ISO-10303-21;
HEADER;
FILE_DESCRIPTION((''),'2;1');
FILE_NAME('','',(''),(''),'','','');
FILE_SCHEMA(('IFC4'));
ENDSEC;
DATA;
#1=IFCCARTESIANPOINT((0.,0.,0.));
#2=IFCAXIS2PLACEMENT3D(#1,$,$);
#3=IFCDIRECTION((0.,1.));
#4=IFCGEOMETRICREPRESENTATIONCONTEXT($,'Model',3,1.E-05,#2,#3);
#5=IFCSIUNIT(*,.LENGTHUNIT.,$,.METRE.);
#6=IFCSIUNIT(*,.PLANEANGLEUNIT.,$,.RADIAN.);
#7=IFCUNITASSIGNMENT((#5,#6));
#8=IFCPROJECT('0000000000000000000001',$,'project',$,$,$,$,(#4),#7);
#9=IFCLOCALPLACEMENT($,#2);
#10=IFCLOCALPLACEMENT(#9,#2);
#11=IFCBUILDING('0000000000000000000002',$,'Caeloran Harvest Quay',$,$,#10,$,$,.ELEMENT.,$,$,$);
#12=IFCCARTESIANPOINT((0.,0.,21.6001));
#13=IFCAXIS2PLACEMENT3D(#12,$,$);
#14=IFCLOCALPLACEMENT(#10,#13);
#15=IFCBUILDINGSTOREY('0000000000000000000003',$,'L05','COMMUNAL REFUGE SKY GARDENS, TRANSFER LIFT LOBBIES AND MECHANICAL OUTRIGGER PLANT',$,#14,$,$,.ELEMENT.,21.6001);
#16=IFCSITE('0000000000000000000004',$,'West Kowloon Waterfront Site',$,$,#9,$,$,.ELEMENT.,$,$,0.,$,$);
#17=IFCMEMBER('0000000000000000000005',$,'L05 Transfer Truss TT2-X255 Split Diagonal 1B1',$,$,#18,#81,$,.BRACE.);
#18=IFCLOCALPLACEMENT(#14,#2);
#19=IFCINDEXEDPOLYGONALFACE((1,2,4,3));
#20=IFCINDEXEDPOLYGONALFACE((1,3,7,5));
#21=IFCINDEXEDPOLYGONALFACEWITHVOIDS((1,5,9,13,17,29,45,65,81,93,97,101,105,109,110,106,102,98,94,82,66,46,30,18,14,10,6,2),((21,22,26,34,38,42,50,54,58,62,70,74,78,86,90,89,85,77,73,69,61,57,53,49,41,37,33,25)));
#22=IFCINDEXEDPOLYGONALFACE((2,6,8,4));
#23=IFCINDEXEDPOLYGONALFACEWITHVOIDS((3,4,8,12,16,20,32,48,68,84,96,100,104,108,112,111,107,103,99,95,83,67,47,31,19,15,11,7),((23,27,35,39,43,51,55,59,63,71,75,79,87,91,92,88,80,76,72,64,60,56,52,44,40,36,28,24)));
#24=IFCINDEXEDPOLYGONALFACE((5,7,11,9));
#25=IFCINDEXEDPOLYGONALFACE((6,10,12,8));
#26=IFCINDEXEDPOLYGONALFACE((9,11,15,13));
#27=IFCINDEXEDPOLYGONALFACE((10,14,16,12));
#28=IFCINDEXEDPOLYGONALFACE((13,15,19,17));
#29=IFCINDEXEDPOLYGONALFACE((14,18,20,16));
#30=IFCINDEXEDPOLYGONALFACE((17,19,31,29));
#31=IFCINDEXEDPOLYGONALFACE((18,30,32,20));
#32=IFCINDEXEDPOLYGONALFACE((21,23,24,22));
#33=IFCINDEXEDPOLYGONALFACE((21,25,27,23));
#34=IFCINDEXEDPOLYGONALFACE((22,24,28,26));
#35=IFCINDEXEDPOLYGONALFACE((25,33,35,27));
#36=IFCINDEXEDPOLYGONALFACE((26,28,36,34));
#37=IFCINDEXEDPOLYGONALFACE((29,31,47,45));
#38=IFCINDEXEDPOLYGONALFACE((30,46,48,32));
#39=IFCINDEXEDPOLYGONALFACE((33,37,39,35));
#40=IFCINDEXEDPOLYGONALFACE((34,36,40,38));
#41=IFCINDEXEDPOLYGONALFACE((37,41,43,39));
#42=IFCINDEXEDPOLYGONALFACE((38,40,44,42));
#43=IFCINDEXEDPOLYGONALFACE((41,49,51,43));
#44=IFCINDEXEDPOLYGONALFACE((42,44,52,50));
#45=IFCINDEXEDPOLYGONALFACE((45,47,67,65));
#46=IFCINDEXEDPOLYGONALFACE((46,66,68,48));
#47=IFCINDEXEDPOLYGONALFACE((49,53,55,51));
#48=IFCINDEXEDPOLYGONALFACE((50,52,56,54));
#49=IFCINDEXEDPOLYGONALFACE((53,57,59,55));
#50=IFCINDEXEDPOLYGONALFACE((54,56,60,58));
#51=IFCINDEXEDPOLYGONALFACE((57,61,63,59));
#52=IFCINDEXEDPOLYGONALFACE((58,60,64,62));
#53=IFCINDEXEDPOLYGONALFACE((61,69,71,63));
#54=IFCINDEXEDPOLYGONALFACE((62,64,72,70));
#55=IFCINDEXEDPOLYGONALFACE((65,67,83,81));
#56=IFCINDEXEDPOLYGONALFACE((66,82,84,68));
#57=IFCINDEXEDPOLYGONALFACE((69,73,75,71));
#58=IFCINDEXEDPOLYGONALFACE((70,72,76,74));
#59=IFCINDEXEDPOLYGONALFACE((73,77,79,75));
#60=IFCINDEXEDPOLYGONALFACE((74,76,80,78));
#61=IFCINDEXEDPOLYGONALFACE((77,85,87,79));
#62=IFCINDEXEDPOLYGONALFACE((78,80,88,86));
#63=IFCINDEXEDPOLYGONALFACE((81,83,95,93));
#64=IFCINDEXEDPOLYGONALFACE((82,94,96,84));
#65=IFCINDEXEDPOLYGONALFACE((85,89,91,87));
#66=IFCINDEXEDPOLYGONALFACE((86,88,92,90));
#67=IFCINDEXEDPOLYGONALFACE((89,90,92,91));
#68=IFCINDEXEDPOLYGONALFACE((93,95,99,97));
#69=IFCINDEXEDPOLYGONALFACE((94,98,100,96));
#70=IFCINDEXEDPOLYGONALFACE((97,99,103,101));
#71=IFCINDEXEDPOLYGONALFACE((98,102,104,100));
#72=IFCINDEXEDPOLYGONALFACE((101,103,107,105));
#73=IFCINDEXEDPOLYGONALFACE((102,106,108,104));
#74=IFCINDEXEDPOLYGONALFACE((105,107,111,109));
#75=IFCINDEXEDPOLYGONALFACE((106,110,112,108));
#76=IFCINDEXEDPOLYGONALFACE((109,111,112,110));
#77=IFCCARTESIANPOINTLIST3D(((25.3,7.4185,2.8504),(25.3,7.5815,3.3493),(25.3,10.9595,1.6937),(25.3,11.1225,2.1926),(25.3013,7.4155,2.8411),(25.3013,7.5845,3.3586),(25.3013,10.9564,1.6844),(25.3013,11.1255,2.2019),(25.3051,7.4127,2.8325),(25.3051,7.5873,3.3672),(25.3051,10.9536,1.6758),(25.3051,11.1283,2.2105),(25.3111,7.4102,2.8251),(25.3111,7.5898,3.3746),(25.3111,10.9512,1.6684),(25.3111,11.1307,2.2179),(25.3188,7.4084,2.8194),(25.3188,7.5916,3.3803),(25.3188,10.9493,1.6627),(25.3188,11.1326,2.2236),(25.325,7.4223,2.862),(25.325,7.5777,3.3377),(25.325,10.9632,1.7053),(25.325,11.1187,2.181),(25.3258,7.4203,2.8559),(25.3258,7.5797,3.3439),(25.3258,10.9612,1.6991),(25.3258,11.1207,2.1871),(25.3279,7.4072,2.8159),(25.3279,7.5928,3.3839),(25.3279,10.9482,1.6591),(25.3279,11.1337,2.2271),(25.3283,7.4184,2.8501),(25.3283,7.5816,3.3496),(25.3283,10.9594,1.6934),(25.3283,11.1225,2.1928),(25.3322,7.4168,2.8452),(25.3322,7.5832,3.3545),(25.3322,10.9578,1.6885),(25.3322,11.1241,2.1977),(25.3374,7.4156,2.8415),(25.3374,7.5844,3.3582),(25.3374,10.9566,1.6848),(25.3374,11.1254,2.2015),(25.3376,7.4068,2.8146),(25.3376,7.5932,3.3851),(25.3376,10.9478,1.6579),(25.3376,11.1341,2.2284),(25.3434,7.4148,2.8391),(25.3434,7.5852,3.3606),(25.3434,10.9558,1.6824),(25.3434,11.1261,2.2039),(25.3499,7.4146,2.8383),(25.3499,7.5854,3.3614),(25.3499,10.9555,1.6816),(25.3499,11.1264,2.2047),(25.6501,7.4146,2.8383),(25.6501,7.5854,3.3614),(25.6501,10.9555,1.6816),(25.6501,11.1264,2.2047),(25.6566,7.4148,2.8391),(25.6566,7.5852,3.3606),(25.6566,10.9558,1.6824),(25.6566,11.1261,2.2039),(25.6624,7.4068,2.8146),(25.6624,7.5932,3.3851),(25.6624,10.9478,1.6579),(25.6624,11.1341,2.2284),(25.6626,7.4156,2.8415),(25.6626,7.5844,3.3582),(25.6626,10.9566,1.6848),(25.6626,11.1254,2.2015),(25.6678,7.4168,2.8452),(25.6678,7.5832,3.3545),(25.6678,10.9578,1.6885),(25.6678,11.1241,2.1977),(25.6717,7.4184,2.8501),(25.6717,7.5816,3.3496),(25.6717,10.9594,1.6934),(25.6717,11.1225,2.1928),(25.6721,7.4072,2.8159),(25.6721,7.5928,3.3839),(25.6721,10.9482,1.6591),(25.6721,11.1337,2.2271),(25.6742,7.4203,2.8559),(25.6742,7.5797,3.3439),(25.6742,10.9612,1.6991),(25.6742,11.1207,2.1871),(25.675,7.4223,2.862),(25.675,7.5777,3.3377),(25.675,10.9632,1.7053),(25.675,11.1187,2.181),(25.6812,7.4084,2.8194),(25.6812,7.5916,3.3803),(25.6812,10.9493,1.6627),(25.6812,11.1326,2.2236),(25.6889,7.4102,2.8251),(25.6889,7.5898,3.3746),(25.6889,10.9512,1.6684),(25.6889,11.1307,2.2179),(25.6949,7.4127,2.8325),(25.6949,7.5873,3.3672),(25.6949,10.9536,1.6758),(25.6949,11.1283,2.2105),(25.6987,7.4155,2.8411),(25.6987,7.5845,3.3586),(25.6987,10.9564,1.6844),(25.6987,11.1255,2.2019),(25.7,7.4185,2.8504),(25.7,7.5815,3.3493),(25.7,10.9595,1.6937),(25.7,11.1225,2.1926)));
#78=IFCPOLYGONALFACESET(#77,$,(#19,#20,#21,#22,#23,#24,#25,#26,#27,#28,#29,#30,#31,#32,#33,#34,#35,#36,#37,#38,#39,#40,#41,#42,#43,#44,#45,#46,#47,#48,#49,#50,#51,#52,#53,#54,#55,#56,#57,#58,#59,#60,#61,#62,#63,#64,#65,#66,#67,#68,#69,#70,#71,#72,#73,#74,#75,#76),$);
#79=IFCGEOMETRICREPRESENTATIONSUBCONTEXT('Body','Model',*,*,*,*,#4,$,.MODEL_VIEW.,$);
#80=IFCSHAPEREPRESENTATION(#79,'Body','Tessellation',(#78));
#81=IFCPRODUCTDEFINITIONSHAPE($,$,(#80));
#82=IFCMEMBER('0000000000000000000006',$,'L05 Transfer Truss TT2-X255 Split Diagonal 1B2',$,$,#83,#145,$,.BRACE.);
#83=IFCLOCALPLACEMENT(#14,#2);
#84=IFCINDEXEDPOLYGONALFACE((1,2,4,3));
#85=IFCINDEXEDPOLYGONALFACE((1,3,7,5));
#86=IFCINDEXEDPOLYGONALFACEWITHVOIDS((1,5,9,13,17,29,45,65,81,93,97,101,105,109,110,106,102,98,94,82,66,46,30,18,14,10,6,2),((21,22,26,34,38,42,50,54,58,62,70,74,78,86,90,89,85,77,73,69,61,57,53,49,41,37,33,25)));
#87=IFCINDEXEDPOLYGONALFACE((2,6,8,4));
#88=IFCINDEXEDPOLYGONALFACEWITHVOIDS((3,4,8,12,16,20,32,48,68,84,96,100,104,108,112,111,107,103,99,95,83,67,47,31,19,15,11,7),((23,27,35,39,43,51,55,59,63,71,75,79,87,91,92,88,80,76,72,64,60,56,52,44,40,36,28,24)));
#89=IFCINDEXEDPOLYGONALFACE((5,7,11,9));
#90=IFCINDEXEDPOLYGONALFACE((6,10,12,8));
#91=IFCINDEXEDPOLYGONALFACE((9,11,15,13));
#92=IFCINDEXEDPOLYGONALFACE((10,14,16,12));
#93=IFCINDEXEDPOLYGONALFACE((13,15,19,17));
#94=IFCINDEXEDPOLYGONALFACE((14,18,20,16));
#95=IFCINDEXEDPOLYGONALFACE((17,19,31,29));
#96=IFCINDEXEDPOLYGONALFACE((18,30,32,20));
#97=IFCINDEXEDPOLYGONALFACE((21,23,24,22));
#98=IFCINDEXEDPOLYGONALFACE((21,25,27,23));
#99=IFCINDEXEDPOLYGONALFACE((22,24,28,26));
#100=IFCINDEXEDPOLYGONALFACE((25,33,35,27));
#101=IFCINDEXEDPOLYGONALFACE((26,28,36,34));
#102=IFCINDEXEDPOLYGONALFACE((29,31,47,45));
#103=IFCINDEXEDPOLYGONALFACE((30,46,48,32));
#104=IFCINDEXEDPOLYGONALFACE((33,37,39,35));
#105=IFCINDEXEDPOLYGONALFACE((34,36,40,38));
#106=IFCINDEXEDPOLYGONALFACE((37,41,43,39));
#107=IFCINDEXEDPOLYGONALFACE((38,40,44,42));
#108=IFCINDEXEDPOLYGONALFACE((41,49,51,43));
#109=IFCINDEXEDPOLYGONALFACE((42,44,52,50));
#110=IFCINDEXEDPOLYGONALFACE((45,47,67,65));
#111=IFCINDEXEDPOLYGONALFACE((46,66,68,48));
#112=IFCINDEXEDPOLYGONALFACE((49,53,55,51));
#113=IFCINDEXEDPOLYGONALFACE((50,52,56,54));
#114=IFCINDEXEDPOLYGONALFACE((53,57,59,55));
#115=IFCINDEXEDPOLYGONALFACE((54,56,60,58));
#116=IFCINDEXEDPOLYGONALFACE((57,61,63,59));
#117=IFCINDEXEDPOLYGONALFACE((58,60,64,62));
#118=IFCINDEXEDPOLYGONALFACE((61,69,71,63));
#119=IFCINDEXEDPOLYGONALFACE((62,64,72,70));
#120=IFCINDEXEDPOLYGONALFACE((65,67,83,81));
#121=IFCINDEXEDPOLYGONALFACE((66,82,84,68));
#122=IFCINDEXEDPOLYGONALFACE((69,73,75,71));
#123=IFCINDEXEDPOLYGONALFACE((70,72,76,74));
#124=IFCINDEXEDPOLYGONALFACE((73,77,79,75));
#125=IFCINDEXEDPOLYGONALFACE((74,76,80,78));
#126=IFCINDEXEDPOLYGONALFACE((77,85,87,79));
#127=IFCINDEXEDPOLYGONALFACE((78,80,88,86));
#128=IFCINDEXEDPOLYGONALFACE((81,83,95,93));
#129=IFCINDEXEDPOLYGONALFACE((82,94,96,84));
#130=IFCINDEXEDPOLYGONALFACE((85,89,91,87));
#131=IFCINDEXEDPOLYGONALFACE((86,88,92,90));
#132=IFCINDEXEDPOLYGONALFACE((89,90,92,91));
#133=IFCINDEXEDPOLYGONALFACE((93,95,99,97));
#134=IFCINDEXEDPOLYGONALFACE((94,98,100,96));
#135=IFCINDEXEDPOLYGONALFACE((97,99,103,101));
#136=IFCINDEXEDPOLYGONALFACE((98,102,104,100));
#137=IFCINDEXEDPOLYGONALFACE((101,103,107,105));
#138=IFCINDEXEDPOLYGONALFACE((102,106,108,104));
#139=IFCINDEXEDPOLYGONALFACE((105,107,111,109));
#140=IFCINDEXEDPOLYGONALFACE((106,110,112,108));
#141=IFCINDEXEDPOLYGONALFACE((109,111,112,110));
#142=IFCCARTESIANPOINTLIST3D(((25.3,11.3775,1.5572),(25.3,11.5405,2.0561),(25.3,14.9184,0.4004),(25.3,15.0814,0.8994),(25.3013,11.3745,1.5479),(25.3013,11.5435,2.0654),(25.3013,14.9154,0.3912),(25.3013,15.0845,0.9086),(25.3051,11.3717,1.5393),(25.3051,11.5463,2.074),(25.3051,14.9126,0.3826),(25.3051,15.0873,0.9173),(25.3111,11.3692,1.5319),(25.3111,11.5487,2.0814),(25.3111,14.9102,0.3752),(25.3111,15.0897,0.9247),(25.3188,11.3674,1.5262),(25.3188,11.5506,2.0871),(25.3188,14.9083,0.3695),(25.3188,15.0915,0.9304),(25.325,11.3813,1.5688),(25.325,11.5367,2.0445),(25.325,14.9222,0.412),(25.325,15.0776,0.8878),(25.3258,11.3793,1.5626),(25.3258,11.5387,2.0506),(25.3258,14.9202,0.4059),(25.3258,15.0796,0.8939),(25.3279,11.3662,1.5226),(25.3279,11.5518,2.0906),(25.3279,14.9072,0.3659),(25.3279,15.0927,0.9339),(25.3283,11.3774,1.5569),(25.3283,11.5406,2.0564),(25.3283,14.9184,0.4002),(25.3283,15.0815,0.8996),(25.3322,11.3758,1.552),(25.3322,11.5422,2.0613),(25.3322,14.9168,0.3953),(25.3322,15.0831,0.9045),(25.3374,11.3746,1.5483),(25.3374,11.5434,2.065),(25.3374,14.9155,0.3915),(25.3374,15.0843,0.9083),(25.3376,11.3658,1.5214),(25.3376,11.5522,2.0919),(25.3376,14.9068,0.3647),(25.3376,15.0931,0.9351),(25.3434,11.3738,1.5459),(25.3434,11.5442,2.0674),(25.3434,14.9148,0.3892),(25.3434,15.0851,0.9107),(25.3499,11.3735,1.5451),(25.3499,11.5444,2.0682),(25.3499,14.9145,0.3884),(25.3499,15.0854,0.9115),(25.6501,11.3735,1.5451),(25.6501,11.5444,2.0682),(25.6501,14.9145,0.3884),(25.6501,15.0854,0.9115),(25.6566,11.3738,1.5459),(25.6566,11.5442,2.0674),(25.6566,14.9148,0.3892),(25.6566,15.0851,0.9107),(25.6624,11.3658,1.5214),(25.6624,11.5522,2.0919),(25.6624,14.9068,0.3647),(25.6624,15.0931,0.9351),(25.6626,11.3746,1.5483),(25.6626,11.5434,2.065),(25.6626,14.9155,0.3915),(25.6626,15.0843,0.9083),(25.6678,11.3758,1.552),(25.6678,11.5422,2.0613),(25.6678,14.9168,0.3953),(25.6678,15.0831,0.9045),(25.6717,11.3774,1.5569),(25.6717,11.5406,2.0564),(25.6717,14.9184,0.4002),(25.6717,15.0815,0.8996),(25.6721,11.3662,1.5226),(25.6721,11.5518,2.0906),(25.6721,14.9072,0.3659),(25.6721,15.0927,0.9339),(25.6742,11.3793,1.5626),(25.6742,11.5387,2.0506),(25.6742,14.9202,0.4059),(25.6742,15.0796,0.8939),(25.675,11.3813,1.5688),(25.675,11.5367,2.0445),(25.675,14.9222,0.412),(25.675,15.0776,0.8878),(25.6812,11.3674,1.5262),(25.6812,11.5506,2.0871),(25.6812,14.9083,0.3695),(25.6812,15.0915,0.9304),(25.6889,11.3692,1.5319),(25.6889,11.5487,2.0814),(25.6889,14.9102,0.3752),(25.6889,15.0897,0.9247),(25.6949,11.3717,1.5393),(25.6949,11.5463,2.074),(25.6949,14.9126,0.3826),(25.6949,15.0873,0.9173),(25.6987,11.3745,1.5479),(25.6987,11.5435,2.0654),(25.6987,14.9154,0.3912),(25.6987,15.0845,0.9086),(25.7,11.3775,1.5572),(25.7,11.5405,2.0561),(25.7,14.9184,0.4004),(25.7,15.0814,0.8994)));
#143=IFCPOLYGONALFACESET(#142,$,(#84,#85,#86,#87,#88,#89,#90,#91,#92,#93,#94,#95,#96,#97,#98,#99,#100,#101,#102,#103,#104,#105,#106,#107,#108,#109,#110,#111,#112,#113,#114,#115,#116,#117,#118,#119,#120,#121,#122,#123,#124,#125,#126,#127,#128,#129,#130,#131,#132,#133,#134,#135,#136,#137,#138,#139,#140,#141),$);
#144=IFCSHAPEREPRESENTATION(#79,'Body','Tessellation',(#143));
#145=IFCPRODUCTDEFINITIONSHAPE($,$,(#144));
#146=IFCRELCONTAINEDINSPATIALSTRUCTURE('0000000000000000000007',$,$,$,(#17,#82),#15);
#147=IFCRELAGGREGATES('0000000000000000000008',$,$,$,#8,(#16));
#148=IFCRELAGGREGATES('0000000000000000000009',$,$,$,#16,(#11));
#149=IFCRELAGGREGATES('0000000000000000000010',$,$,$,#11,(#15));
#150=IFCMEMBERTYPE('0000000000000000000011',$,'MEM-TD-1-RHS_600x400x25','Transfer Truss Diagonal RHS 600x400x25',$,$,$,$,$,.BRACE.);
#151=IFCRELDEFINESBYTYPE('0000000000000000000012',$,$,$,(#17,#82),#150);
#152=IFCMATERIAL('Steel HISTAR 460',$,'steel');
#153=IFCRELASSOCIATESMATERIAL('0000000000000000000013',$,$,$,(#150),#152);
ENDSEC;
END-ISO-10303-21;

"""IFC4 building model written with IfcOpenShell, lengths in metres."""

from ifc_helpers import new_model, si_unit, direction, frame, origin, origin_2d, place, context, subcontext, project, spatial, hollow_rectangle, extrude, material, material_profile, profile_set, type_object, element, save


model = new_model("IFC4")

# Units and contexts
model_context = context("Model", 3, precision=1e-05, world=origin(), true_north=direction((0.0, 1.0)))
body_context = subcontext(model_context, "Body", "Model", "MODEL_VIEW")
ifc_project = project(units=[si_unit("LENGTHUNIT", "METRE"), si_unit("PLANEANGLEUNIT", "RADIAN")], contexts=[model_context])

# Site, building, storey
site_placement = place(None, origin())
site = spatial("IfcSite", under=ifc_project, at=site_placement, Name="West Kowloon Waterfront Site", CompositionType="ELEMENT", RefElevation=0.0)
building_placement = place(site_placement, origin())
building = spatial("IfcBuilding", under=site, at=building_placement, Name="Caeloran Harvest Quay", CompositionType="ELEMENT")
storey_placement = place(building_placement, frame((0.0, 0.0, 21.6001)))
storey = spatial("IfcBuildingStorey", under=building, at=storey_placement, Name="L05", Description="COMMUNAL REFUGE SKY GARDENS, TRANSFER LIFT LOBBIES AND MECHANICAL OUTRIGGER PLANT", CompositionType="ELEMENT", Elevation=21.6001)

# Shared definitions
ifc_material_1 = material(Name="Steel HISTAR 460", Category="steel")

# Members
ifc_material_profile_1 = material_profile(ifc_material_1, hollow_rectangle(XDim=0.3999, YDim=0.6001, WallThickness=0.0249, InnerFilletRadius=0.0249, OuterFilletRadius=0.0376, at=origin_2d()), Name="RHS 600x400x25")
ifc_profile_set_1 = profile_set([ifc_material_profile_1], Name="Steel HISTAR 460")
member_type_1 = type_object("IfcMemberType", Name="MEM-TD-1-RHS_600x400x25", Description="Transfer Truss Diagonal RHS 600x400x25", PredefinedType="BRACE", material=ifc_profile_set_1)
for number, where, z_axis, x_axis, name in (
    (1, (25.5, 7.5, 3.0999), (0.0, 0.950567, -0.31052), (-1.0, 0.0, 0.0), "L05 Transfer Truss TT2-X255 Split Diagonal 1B1"),
    (2, (25.5, 11.459, 1.8066), (0.0, 0.950567, -0.31052), (-1.0, 0.0, 0.0), "L05 Transfer Truss TT2-X255 Split Diagonal 1B2"),
):
    element("IfcMember", number, at=place(storey_placement, frame(where, z_axis=z_axis, x_axis=x_axis)), inside=storey, type_object=member_type_1, Name=name, PredefinedType="BRACE", context=body_context, shape_type="SweptSolid", body=[
        extrude(hollow_rectangle(XDim=0.3999, YDim=0.6001, WallThickness=0.0249, InnerFilletRadius=0.0249, OuterFilletRadius=0.0376, at=origin_2d()), origin(), (0.0, 0.0, 1.0), 3.7251),
    ])

save(model, "model.ifc")
